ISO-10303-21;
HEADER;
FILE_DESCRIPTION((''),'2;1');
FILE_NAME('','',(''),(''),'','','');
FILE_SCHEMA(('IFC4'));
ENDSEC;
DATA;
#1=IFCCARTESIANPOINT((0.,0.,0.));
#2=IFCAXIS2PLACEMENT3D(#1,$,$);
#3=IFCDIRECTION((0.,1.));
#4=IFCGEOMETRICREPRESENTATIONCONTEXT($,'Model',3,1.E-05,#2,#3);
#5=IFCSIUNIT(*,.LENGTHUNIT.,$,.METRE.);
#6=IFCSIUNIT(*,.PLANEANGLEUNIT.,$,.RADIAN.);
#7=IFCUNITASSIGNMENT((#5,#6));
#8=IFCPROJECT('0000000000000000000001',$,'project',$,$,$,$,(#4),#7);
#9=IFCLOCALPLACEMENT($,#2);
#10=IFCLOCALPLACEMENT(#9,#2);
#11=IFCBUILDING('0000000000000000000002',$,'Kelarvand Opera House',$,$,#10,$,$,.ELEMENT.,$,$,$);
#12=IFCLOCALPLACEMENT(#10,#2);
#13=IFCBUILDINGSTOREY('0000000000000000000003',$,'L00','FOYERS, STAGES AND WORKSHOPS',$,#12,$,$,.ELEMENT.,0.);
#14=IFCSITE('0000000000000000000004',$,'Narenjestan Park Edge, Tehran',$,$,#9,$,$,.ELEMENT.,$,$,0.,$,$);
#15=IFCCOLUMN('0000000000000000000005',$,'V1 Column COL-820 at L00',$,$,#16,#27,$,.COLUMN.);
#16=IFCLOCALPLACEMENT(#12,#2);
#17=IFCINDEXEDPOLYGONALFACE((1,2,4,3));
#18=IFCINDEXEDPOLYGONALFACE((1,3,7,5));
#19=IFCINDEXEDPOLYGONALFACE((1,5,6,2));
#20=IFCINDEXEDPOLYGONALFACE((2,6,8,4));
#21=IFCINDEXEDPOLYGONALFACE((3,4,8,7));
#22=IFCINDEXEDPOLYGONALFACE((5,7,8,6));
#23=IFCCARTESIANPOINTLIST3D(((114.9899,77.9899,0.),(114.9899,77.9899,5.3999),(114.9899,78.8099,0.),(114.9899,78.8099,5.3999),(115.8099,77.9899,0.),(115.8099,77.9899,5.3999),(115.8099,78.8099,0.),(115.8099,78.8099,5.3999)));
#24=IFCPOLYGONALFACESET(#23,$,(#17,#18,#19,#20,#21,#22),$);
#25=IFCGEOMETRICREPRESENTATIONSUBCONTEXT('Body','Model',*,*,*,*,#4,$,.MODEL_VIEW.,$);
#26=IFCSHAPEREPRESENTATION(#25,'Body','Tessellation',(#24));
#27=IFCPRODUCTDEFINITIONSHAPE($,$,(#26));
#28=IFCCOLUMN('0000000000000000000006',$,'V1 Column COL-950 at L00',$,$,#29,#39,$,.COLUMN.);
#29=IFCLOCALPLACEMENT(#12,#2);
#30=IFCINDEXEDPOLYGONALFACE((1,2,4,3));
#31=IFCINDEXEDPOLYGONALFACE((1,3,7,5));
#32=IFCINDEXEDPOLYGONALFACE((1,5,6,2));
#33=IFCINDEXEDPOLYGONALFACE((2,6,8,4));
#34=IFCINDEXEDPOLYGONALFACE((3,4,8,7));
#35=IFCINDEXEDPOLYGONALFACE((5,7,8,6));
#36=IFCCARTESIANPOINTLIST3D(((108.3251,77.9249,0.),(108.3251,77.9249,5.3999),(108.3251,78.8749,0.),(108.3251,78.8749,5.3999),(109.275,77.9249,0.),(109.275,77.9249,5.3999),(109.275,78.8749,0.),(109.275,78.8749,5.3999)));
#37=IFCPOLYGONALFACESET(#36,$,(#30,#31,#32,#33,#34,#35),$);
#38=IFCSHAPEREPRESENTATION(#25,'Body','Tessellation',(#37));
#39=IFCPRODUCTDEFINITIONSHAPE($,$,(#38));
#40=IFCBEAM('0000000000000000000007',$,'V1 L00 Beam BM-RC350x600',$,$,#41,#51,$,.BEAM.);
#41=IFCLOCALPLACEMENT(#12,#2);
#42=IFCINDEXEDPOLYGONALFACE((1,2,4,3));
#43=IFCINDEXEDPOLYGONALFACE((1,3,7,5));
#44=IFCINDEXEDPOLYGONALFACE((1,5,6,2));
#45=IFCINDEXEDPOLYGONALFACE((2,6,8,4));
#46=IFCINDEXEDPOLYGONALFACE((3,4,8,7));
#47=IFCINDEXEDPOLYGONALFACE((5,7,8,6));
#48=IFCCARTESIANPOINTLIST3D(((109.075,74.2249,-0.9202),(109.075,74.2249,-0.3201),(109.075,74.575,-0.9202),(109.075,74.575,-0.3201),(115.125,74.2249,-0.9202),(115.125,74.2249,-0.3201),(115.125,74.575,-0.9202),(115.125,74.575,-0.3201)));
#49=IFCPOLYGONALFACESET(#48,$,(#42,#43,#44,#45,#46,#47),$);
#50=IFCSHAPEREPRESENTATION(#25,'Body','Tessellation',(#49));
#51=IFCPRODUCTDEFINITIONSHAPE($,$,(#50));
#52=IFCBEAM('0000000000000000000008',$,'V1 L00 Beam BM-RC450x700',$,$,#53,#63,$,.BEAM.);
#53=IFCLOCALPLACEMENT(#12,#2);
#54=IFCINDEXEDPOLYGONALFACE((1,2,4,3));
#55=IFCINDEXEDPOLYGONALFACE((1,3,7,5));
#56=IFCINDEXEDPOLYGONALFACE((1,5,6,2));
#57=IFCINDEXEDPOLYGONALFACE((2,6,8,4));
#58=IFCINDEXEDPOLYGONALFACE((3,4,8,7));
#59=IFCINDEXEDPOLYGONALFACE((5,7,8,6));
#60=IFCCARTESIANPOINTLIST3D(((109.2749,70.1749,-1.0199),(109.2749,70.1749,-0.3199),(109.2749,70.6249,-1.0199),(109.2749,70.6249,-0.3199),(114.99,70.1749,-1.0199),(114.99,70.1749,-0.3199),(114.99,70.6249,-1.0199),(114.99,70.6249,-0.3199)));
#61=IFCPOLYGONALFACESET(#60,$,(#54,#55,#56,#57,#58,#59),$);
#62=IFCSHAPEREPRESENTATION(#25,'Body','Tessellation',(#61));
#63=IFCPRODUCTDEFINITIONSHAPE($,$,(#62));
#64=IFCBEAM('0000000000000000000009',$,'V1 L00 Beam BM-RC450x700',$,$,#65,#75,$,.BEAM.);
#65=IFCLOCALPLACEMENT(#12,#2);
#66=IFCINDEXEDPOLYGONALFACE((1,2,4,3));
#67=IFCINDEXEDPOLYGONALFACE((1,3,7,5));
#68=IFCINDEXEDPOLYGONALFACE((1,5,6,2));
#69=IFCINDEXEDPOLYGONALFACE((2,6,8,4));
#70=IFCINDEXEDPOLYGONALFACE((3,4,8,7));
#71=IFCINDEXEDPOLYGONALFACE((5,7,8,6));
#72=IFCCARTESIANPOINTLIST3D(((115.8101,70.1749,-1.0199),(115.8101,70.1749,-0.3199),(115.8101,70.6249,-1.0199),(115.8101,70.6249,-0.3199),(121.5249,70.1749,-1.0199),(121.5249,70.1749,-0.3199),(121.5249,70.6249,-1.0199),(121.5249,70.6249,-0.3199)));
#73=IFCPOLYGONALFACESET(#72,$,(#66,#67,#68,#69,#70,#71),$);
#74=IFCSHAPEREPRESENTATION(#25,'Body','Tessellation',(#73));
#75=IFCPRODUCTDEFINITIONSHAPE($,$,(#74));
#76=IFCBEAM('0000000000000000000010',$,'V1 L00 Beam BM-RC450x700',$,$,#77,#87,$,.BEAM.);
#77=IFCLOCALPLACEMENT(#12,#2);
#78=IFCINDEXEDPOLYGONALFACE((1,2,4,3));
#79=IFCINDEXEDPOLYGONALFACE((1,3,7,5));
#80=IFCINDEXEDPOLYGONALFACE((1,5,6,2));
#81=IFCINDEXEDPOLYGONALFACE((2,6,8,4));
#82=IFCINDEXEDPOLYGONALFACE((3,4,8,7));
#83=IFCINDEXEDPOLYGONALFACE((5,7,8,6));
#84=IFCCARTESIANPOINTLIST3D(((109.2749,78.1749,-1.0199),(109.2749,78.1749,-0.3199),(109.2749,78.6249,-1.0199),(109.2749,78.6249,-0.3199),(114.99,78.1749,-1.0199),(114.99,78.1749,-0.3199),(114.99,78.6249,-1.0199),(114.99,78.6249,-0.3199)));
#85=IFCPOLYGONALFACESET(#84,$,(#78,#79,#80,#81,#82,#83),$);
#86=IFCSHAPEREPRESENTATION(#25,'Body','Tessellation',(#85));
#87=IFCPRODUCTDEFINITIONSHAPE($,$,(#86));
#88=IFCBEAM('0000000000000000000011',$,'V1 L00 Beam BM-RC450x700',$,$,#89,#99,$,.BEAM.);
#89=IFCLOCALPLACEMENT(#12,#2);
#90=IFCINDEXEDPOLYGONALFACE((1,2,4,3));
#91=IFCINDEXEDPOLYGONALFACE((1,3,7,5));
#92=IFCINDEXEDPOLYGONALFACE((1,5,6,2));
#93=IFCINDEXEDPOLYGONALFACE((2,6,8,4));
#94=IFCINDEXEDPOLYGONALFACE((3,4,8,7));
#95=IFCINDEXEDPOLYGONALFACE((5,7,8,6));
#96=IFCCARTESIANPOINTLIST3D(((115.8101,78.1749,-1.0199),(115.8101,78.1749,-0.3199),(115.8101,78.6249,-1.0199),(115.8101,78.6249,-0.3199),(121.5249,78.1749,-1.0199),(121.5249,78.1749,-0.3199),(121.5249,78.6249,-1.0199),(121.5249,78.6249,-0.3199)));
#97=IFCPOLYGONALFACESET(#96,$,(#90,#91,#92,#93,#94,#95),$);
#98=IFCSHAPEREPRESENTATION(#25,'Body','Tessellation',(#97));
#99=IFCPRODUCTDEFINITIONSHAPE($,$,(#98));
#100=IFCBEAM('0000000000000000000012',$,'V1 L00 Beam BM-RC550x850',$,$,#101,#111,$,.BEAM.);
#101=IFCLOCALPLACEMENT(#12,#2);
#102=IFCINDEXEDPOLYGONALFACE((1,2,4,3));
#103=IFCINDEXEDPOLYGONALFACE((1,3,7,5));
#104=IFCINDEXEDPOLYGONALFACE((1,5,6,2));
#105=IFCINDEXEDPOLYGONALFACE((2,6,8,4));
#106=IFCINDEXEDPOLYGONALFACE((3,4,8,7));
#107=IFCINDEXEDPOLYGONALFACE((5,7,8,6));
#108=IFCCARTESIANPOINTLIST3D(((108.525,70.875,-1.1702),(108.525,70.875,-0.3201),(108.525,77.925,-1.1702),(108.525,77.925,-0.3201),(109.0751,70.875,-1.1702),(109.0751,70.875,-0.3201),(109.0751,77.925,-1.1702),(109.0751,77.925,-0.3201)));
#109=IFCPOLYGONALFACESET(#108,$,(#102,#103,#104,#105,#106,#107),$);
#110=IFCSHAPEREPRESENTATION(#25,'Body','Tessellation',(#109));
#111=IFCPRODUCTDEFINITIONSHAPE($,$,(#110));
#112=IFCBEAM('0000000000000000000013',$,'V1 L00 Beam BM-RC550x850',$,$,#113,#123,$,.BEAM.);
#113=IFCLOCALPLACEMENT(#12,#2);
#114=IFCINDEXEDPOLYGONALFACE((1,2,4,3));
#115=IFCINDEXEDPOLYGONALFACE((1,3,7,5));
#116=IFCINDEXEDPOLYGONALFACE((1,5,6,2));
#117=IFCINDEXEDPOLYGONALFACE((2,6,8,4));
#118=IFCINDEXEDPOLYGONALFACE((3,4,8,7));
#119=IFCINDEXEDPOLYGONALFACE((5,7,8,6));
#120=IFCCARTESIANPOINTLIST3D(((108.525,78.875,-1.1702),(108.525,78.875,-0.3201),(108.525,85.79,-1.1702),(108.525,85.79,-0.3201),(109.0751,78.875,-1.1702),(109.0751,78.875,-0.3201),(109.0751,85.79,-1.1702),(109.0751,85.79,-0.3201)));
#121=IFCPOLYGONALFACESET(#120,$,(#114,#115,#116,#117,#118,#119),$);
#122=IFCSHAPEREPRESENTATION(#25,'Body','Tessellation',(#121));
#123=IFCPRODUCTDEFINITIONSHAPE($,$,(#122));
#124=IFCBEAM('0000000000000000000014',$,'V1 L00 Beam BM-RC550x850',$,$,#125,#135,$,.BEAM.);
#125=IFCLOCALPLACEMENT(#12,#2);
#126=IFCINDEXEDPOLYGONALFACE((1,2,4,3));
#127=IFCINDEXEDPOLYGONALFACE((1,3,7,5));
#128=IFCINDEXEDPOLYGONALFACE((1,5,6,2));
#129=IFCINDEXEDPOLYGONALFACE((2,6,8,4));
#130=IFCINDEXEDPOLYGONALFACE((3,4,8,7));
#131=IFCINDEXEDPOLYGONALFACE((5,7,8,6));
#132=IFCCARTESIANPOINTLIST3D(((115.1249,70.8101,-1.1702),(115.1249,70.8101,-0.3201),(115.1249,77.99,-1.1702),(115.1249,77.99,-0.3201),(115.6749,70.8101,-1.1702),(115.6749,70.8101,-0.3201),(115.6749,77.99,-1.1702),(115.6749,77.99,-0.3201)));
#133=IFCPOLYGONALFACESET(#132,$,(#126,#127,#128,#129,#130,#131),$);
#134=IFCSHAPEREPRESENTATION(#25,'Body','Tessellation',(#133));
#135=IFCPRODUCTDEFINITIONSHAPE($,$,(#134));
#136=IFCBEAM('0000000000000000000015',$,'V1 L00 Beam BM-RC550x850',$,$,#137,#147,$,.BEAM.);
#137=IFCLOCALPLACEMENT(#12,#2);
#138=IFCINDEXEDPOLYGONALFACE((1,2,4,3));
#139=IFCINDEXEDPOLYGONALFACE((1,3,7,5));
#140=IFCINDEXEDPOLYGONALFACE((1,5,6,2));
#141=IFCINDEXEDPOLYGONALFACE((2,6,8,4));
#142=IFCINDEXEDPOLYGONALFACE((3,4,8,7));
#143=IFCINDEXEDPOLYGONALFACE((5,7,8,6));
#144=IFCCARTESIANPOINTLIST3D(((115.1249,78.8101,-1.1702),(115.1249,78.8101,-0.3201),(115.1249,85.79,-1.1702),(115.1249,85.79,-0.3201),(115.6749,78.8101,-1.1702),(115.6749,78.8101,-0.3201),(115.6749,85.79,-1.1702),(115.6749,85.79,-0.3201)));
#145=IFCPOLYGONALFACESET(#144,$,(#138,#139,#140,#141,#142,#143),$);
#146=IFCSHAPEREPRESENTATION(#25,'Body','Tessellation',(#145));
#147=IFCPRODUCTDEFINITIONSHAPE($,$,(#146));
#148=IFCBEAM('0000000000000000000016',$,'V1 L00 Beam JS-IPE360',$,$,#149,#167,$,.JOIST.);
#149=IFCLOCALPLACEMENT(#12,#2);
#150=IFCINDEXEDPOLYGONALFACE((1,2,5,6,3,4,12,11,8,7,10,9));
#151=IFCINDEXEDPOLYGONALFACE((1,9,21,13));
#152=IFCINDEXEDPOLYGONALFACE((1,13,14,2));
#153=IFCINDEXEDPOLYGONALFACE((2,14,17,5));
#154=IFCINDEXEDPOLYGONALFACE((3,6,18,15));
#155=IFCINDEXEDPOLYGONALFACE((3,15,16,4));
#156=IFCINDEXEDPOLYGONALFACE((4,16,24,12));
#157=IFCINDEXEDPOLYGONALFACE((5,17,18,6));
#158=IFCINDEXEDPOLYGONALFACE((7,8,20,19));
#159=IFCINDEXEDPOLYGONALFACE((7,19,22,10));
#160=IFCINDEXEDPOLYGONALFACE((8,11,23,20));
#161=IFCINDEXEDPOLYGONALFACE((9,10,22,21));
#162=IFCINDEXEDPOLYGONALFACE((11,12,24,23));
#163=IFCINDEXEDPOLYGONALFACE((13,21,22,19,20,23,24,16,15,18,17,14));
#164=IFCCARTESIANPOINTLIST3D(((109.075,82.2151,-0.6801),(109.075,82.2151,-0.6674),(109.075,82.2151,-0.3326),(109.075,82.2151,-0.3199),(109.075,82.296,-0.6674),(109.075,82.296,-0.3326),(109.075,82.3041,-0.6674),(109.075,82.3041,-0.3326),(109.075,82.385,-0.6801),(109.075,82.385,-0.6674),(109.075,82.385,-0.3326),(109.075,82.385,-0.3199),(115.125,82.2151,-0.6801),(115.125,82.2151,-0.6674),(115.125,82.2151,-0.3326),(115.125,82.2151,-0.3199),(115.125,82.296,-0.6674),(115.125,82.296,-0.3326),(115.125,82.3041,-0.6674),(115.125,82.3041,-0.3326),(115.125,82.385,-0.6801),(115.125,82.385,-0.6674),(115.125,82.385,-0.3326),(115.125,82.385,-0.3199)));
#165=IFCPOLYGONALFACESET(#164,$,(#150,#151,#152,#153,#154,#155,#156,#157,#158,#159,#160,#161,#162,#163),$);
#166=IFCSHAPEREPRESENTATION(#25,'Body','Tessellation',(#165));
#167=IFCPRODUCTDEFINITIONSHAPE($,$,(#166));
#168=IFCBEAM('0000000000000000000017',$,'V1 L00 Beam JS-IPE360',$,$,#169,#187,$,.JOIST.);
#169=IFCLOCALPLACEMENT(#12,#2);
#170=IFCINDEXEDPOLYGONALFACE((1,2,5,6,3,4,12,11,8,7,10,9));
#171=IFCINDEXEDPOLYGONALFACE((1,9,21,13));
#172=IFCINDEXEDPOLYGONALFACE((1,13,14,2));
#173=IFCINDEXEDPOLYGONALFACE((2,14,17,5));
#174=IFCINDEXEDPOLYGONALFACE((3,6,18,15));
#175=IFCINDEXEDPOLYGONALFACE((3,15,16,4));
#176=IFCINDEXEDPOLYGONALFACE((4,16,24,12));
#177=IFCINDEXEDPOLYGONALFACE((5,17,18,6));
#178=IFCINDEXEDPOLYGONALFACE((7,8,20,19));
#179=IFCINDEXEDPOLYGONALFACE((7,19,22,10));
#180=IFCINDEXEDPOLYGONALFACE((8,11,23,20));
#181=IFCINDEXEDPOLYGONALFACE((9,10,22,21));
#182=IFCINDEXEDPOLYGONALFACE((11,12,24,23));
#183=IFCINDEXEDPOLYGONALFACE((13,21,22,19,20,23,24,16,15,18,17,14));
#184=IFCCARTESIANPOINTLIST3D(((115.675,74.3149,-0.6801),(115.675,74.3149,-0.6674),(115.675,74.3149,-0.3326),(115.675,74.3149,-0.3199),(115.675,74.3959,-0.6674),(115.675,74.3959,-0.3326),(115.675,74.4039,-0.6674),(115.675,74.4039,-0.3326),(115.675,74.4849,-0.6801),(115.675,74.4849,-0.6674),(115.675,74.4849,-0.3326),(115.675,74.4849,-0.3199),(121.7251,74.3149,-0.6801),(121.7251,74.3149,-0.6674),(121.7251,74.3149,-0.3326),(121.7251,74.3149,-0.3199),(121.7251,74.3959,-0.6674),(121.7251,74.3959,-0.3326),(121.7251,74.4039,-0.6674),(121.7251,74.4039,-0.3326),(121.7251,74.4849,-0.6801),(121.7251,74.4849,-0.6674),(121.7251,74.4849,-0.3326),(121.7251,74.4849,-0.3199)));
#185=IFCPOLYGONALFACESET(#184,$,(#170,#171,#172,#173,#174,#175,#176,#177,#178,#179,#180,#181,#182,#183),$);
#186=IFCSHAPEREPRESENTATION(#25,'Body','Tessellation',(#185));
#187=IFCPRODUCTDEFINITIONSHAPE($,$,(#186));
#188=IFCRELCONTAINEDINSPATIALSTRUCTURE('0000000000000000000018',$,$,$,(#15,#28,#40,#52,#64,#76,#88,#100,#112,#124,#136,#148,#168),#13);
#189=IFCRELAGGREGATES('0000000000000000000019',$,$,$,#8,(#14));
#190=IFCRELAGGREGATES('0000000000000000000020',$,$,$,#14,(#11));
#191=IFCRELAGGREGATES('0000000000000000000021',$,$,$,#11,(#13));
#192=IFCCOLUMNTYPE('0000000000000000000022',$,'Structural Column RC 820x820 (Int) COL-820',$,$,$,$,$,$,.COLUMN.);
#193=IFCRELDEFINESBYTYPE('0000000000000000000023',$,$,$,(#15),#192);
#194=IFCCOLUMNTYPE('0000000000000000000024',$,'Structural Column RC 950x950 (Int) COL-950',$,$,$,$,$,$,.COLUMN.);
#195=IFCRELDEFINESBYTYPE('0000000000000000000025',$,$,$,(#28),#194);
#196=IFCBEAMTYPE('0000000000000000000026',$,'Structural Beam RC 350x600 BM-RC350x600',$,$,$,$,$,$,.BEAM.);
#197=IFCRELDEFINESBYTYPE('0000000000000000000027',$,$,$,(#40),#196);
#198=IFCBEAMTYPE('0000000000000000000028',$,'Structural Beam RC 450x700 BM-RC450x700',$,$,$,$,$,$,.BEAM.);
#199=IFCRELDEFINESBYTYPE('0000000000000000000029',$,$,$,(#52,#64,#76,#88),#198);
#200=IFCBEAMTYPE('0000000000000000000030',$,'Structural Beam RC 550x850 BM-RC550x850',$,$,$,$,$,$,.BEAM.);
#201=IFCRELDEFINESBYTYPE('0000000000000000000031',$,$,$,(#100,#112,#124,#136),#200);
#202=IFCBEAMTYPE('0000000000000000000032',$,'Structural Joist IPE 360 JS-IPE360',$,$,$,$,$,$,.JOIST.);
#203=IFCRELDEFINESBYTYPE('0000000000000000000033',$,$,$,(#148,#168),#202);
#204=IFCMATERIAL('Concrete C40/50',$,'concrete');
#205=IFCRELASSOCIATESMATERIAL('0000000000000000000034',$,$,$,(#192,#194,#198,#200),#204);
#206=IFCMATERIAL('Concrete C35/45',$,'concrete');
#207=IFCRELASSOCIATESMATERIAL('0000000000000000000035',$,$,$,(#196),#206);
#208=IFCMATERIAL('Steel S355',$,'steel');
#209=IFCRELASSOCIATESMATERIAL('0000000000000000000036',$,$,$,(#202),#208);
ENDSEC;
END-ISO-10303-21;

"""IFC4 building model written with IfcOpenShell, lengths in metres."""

from ifc_helpers import new_model, si_unit, direction, frame, origin, origin_2d, place, context, subcontext, project, spatial, rectangle, i_section, extrude, material, material_profile, profile_set, type_object, element, save


model = new_model("IFC4")

# Units and contexts
model_context = context("Model", 3, precision=1e-05, world=origin(), true_north=direction((0.0, 1.0)))
body_context = subcontext(model_context, "Body", "Model", "MODEL_VIEW")
ifc_project = project(units=[si_unit("LENGTHUNIT", "METRE"), si_unit("PLANEANGLEUNIT", "RADIAN")], contexts=[model_context])

# Site, building, storey
site_placement = place(None, origin())
site = spatial("IfcSite", under=ifc_project, at=site_placement, Name="Narenjestan Park Edge, Tehran", CompositionType="ELEMENT", RefElevation=0.0)
building_placement = place(site_placement, origin())
building = spatial("IfcBuilding", under=site, at=building_placement, Name="Kelarvand Opera House", CompositionType="ELEMENT")
storey_placement = place(building_placement, origin())
storey = spatial("IfcBuildingStorey", under=building, at=storey_placement, Name="L00", Description="FOYERS, STAGES AND WORKSHOPS", CompositionType="ELEMENT", Elevation=0.0)

# Columns
ifc_material_1 = material(Name="Concrete C40/50", Category="concrete")
ifc_material_profile_1 = material_profile(ifc_material_1, rectangle(XDim=0.8201, YDim=0.8201, at=origin_2d()), Name="RC 820x820", Category="concrete")
ifc_profile_set_1 = profile_set([ifc_material_profile_1], Name="Concrete C40/50")
column_type_1 = type_object("IfcColumnType", Name="Structural Column RC 820x820 (Int) COL-820", PredefinedType="COLUMN", material=ifc_profile_set_1)
column_1_placement = place(storey_placement, frame((115.3999, 78.3999, 0.0), z_axis=(0.0, 0.0, 1.0), x_axis=(1.0, 0.0, 0.0)))
element("IfcColumn", 1, at=column_1_placement, inside=storey, type_object=column_type_1, Name="V1 Column COL-820 at L00", PredefinedType="COLUMN", context=body_context, shape_type="SweptSolid", body=[
    extrude(rectangle(XDim=0.8201, YDim=0.8201, at=origin_2d()), origin(), (0.0, 0.0, 1.0), 5.3999),
])
ifc_material_profile_2 = material_profile(ifc_material_1, rectangle(XDim=0.95, YDim=0.95, at=origin_2d()), Name="RC 950x950", Category="concrete")
ifc_profile_set_2 = profile_set([ifc_material_profile_2], Name="Concrete C40/50")
column_type_2 = type_object("IfcColumnType", Name="Structural Column RC 950x950 (Int) COL-950", PredefinedType="COLUMN", material=ifc_profile_set_2)
column_2_placement = place(storey_placement, frame((108.8, 78.3999, 0.0), z_axis=(0.0, 0.0, 1.0), x_axis=(1.0, 0.0, 0.0)))
element("IfcColumn", 2, at=column_2_placement, inside=storey, type_object=column_type_2, Name="V1 Column COL-950 at L00", PredefinedType="COLUMN", context=body_context, shape_type="SweptSolid", body=[
    extrude(rectangle(XDim=0.95, YDim=0.95, at=origin_2d()), origin(), (0.0, 0.0, 1.0), 5.3999),
])

# Beams
ifc_material_2 = material(Name="Concrete C35/45", Category="concrete")
ifc_material_profile_3 = material_profile(ifc_material_2, rectangle(XDim=0.3501, YDim=0.6001, at=origin_2d()), Name="RC 350x600", Category="concrete")
ifc_profile_set_3 = profile_set([ifc_material_profile_3], Name="Concrete C35/45")
beam_type_1 = type_object("IfcBeamType", Name="Structural Beam RC 350x600 BM-RC350x600", PredefinedType="BEAM", material=ifc_profile_set_3)
beam_1_placement = place(storey_placement, frame((109.075, 74.3999, -0.6201), z_axis=(1.0, 0.0, 0.0), x_axis=(0.0, 1.0, 0.0)))
element("IfcBeam", 3, at=beam_1_placement, inside=storey, type_object=beam_type_1, Name="V1 L00 Beam BM-RC350x600", PredefinedType="BEAM", context=body_context, shape_type="SweptSolid", body=[
    extrude(rectangle(XDim=0.3501, YDim=0.6001, at=origin_2d()), origin(), (0.0, 0.0, 1.0), 6.05),
])
ifc_material_profile_4 = material_profile(ifc_material_1, rectangle(XDim=0.45, YDim=0.7, at=origin_2d()), Name="RC 450x700", Category="concrete")
ifc_profile_set_4 = profile_set([ifc_material_profile_4], Name="Concrete C40/50")
beam_type_2 = type_object("IfcBeamType", Name="Structural Beam RC 450x700 BM-RC450x700", PredefinedType="BEAM", material=ifc_profile_set_4)
beam_2_placement = place(storey_placement, frame((109.2749, 70.3999, -0.6699), z_axis=(1.0, 0.0, 0.0), x_axis=(0.0, 1.0, 0.0)))
element("IfcBeam", 4, at=beam_2_placement, inside=storey, type_object=beam_type_2, Name="V1 L00 Beam BM-RC450x700", PredefinedType="BEAM", context=body_context, shape_type="SweptSolid", body=[
    extrude(rectangle(XDim=0.45, YDim=0.7, at=origin_2d()), origin(), (0.0, 0.0, 1.0), 5.7151),
])
beam_3_placement = place(storey_placement, frame((115.8101, 70.3999, -0.6699), z_axis=(1.0, 0.0, 0.0), x_axis=(0.0, 1.0, 0.0)))
element("IfcBeam", 5, at=beam_3_placement, inside=storey, type_object=beam_type_2, Name="V1 L00 Beam BM-RC450x700", PredefinedType="BEAM", context=body_context, shape_type="SweptSolid", body=[
    extrude(rectangle(XDim=0.45, YDim=0.7, at=origin_2d()), origin(), (0.0, 0.0, 1.0), 5.7148),
])
beam_4_placement = place(storey_placement, frame((109.2749, 78.3999, -0.6699), z_axis=(1.0, 0.0, 0.0), x_axis=(0.0, 1.0, 0.0)))
element("IfcBeam", 6, at=beam_4_placement, inside=storey, type_object=beam_type_2, Name="V1 L00 Beam BM-RC450x700", PredefinedType="BEAM", context=body_context, shape_type="SweptSolid", body=[
    extrude(rectangle(XDim=0.45, YDim=0.7, at=origin_2d()), origin(), (0.0, 0.0, 1.0), 5.7151),
])
beam_5_placement = place(storey_placement, frame((115.8101, 78.3999, -0.6699), z_axis=(1.0, 0.0, 0.0), x_axis=(0.0, 1.0, 0.0)))
element("IfcBeam", 7, at=beam_5_placement, inside=storey, type_object=beam_type_2, Name="V1 L00 Beam BM-RC450x700", PredefinedType="BEAM", context=body_context, shape_type="SweptSolid", body=[
    extrude(rectangle(XDim=0.45, YDim=0.7, at=origin_2d()), origin(), (0.0, 0.0, 1.0), 5.7148),
])
ifc_material_profile_5 = material_profile(ifc_material_1, rectangle(XDim=0.55, YDim=0.8501, at=origin_2d()), Name="RC 550x850", Category="concrete")
ifc_profile_set_5 = profile_set([ifc_material_profile_5], Name="Concrete C40/50")
beam_type_3 = type_object("IfcBeamType", Name="Structural Beam RC 550x850 BM-RC550x850", PredefinedType="BEAM", material=ifc_profile_set_5)
beam_6_placement = place(storey_placement, frame((108.8, 70.875, -0.7451), z_axis=(0.0, 1.0, 0.0), x_axis=(-1.0, 0.0, 0.0)))
element("IfcBeam", 8, at=beam_6_placement, inside=storey, type_object=beam_type_3, Name="V1 L00 Beam BM-RC550x850", PredefinedType="BEAM", context=body_context, shape_type="SweptSolid", body=[
    extrude(rectangle(XDim=0.55, YDim=0.8501, at=origin_2d()), origin(), (0.0, 0.0, 1.0), 7.05),
])
beam_7_placement = place(storey_placement, frame((108.8, 78.875, -0.7451), z_axis=(0.0, 1.0, 0.0), x_axis=(-1.0, 0.0, 0.0)))
element("IfcBeam", 9, at=beam_7_placement, inside=storey, type_object=beam_type_3, Name="V1 L00 Beam BM-RC550x850", PredefinedType="BEAM", context=body_context, shape_type="SweptSolid", body=[
    extrude(rectangle(XDim=0.55, YDim=0.8501, at=origin_2d()), origin(), (0.0, 0.0, 1.0), 6.915),
])
beam_8_placement = place(storey_placement, frame((115.3999, 70.8101, -0.7451), z_axis=(0.0, 1.0, 0.0), x_axis=(-1.0, 0.0, 0.0)))
element("IfcBeam", 10, at=beam_8_placement, inside=storey, type_object=beam_type_3, Name="V1 L00 Beam BM-RC550x850", PredefinedType="BEAM", context=body_context, shape_type="SweptSolid", body=[
    extrude(rectangle(XDim=0.55, YDim=0.8501, at=origin_2d()), origin(), (0.0, 0.0, 1.0), 7.1799),
])
beam_9_placement = place(storey_placement, frame((115.3999, 78.8101, -0.7451), z_axis=(0.0, 1.0, 0.0), x_axis=(-1.0, 0.0, 0.0)))
element("IfcBeam", 11, at=beam_9_placement, inside=storey, type_object=beam_type_3, Name="V1 L00 Beam BM-RC550x850", PredefinedType="BEAM", context=body_context, shape_type="SweptSolid", body=[
    extrude(rectangle(XDim=0.55, YDim=0.8501, at=origin_2d()), origin(), (0.0, 0.0, 1.0), 6.98),
])
ifc_material_3 = material(Name="Steel S355", Category="steel")
ifc_material_profile_6 = material_profile(ifc_material_3, i_section(OverallWidth=0.1699, OverallDepth=0.3601, WebThickness=0.0081, FlangeThickness=0.0127, at=origin_2d()), Name="IPE 360", Category="steel")
ifc_profile_set_6 = profile_set([ifc_material_profile_6], Name="Steel S355")
beam_type_4 = type_object("IfcBeamType", Name="Structural Joist IPE 360 JS-IPE360", PredefinedType="JOIST", material=ifc_profile_set_6)
for number, where, z_axis, x_axis, name in (
    (12, (109.075, 82.3, -0.5), (1.0, 0.0, 0.0), (0.0, 1.0, 0.0), "V1 L00 Beam JS-IPE360"),
    (13, (115.675, 74.3999, -0.5), (1.0, 0.0, 0.0), (0.0, 1.0, 0.0), "V1 L00 Beam JS-IPE360"),
):
    element("IfcBeam", number, at=place(storey_placement, frame(where, z_axis=z_axis, x_axis=x_axis)), inside=storey, type_object=beam_type_4, Name=name, PredefinedType="JOIST", context=body_context, shape_type="SweptSolid", body=[
        extrude(i_section(OverallWidth=0.1699, OverallDepth=0.3601, WebThickness=0.0081, FlangeThickness=0.0127, at=origin_2d()), origin(), (0.0, 0.0, 1.0), 6.05),
    ])

save(model, "model.ifc")
